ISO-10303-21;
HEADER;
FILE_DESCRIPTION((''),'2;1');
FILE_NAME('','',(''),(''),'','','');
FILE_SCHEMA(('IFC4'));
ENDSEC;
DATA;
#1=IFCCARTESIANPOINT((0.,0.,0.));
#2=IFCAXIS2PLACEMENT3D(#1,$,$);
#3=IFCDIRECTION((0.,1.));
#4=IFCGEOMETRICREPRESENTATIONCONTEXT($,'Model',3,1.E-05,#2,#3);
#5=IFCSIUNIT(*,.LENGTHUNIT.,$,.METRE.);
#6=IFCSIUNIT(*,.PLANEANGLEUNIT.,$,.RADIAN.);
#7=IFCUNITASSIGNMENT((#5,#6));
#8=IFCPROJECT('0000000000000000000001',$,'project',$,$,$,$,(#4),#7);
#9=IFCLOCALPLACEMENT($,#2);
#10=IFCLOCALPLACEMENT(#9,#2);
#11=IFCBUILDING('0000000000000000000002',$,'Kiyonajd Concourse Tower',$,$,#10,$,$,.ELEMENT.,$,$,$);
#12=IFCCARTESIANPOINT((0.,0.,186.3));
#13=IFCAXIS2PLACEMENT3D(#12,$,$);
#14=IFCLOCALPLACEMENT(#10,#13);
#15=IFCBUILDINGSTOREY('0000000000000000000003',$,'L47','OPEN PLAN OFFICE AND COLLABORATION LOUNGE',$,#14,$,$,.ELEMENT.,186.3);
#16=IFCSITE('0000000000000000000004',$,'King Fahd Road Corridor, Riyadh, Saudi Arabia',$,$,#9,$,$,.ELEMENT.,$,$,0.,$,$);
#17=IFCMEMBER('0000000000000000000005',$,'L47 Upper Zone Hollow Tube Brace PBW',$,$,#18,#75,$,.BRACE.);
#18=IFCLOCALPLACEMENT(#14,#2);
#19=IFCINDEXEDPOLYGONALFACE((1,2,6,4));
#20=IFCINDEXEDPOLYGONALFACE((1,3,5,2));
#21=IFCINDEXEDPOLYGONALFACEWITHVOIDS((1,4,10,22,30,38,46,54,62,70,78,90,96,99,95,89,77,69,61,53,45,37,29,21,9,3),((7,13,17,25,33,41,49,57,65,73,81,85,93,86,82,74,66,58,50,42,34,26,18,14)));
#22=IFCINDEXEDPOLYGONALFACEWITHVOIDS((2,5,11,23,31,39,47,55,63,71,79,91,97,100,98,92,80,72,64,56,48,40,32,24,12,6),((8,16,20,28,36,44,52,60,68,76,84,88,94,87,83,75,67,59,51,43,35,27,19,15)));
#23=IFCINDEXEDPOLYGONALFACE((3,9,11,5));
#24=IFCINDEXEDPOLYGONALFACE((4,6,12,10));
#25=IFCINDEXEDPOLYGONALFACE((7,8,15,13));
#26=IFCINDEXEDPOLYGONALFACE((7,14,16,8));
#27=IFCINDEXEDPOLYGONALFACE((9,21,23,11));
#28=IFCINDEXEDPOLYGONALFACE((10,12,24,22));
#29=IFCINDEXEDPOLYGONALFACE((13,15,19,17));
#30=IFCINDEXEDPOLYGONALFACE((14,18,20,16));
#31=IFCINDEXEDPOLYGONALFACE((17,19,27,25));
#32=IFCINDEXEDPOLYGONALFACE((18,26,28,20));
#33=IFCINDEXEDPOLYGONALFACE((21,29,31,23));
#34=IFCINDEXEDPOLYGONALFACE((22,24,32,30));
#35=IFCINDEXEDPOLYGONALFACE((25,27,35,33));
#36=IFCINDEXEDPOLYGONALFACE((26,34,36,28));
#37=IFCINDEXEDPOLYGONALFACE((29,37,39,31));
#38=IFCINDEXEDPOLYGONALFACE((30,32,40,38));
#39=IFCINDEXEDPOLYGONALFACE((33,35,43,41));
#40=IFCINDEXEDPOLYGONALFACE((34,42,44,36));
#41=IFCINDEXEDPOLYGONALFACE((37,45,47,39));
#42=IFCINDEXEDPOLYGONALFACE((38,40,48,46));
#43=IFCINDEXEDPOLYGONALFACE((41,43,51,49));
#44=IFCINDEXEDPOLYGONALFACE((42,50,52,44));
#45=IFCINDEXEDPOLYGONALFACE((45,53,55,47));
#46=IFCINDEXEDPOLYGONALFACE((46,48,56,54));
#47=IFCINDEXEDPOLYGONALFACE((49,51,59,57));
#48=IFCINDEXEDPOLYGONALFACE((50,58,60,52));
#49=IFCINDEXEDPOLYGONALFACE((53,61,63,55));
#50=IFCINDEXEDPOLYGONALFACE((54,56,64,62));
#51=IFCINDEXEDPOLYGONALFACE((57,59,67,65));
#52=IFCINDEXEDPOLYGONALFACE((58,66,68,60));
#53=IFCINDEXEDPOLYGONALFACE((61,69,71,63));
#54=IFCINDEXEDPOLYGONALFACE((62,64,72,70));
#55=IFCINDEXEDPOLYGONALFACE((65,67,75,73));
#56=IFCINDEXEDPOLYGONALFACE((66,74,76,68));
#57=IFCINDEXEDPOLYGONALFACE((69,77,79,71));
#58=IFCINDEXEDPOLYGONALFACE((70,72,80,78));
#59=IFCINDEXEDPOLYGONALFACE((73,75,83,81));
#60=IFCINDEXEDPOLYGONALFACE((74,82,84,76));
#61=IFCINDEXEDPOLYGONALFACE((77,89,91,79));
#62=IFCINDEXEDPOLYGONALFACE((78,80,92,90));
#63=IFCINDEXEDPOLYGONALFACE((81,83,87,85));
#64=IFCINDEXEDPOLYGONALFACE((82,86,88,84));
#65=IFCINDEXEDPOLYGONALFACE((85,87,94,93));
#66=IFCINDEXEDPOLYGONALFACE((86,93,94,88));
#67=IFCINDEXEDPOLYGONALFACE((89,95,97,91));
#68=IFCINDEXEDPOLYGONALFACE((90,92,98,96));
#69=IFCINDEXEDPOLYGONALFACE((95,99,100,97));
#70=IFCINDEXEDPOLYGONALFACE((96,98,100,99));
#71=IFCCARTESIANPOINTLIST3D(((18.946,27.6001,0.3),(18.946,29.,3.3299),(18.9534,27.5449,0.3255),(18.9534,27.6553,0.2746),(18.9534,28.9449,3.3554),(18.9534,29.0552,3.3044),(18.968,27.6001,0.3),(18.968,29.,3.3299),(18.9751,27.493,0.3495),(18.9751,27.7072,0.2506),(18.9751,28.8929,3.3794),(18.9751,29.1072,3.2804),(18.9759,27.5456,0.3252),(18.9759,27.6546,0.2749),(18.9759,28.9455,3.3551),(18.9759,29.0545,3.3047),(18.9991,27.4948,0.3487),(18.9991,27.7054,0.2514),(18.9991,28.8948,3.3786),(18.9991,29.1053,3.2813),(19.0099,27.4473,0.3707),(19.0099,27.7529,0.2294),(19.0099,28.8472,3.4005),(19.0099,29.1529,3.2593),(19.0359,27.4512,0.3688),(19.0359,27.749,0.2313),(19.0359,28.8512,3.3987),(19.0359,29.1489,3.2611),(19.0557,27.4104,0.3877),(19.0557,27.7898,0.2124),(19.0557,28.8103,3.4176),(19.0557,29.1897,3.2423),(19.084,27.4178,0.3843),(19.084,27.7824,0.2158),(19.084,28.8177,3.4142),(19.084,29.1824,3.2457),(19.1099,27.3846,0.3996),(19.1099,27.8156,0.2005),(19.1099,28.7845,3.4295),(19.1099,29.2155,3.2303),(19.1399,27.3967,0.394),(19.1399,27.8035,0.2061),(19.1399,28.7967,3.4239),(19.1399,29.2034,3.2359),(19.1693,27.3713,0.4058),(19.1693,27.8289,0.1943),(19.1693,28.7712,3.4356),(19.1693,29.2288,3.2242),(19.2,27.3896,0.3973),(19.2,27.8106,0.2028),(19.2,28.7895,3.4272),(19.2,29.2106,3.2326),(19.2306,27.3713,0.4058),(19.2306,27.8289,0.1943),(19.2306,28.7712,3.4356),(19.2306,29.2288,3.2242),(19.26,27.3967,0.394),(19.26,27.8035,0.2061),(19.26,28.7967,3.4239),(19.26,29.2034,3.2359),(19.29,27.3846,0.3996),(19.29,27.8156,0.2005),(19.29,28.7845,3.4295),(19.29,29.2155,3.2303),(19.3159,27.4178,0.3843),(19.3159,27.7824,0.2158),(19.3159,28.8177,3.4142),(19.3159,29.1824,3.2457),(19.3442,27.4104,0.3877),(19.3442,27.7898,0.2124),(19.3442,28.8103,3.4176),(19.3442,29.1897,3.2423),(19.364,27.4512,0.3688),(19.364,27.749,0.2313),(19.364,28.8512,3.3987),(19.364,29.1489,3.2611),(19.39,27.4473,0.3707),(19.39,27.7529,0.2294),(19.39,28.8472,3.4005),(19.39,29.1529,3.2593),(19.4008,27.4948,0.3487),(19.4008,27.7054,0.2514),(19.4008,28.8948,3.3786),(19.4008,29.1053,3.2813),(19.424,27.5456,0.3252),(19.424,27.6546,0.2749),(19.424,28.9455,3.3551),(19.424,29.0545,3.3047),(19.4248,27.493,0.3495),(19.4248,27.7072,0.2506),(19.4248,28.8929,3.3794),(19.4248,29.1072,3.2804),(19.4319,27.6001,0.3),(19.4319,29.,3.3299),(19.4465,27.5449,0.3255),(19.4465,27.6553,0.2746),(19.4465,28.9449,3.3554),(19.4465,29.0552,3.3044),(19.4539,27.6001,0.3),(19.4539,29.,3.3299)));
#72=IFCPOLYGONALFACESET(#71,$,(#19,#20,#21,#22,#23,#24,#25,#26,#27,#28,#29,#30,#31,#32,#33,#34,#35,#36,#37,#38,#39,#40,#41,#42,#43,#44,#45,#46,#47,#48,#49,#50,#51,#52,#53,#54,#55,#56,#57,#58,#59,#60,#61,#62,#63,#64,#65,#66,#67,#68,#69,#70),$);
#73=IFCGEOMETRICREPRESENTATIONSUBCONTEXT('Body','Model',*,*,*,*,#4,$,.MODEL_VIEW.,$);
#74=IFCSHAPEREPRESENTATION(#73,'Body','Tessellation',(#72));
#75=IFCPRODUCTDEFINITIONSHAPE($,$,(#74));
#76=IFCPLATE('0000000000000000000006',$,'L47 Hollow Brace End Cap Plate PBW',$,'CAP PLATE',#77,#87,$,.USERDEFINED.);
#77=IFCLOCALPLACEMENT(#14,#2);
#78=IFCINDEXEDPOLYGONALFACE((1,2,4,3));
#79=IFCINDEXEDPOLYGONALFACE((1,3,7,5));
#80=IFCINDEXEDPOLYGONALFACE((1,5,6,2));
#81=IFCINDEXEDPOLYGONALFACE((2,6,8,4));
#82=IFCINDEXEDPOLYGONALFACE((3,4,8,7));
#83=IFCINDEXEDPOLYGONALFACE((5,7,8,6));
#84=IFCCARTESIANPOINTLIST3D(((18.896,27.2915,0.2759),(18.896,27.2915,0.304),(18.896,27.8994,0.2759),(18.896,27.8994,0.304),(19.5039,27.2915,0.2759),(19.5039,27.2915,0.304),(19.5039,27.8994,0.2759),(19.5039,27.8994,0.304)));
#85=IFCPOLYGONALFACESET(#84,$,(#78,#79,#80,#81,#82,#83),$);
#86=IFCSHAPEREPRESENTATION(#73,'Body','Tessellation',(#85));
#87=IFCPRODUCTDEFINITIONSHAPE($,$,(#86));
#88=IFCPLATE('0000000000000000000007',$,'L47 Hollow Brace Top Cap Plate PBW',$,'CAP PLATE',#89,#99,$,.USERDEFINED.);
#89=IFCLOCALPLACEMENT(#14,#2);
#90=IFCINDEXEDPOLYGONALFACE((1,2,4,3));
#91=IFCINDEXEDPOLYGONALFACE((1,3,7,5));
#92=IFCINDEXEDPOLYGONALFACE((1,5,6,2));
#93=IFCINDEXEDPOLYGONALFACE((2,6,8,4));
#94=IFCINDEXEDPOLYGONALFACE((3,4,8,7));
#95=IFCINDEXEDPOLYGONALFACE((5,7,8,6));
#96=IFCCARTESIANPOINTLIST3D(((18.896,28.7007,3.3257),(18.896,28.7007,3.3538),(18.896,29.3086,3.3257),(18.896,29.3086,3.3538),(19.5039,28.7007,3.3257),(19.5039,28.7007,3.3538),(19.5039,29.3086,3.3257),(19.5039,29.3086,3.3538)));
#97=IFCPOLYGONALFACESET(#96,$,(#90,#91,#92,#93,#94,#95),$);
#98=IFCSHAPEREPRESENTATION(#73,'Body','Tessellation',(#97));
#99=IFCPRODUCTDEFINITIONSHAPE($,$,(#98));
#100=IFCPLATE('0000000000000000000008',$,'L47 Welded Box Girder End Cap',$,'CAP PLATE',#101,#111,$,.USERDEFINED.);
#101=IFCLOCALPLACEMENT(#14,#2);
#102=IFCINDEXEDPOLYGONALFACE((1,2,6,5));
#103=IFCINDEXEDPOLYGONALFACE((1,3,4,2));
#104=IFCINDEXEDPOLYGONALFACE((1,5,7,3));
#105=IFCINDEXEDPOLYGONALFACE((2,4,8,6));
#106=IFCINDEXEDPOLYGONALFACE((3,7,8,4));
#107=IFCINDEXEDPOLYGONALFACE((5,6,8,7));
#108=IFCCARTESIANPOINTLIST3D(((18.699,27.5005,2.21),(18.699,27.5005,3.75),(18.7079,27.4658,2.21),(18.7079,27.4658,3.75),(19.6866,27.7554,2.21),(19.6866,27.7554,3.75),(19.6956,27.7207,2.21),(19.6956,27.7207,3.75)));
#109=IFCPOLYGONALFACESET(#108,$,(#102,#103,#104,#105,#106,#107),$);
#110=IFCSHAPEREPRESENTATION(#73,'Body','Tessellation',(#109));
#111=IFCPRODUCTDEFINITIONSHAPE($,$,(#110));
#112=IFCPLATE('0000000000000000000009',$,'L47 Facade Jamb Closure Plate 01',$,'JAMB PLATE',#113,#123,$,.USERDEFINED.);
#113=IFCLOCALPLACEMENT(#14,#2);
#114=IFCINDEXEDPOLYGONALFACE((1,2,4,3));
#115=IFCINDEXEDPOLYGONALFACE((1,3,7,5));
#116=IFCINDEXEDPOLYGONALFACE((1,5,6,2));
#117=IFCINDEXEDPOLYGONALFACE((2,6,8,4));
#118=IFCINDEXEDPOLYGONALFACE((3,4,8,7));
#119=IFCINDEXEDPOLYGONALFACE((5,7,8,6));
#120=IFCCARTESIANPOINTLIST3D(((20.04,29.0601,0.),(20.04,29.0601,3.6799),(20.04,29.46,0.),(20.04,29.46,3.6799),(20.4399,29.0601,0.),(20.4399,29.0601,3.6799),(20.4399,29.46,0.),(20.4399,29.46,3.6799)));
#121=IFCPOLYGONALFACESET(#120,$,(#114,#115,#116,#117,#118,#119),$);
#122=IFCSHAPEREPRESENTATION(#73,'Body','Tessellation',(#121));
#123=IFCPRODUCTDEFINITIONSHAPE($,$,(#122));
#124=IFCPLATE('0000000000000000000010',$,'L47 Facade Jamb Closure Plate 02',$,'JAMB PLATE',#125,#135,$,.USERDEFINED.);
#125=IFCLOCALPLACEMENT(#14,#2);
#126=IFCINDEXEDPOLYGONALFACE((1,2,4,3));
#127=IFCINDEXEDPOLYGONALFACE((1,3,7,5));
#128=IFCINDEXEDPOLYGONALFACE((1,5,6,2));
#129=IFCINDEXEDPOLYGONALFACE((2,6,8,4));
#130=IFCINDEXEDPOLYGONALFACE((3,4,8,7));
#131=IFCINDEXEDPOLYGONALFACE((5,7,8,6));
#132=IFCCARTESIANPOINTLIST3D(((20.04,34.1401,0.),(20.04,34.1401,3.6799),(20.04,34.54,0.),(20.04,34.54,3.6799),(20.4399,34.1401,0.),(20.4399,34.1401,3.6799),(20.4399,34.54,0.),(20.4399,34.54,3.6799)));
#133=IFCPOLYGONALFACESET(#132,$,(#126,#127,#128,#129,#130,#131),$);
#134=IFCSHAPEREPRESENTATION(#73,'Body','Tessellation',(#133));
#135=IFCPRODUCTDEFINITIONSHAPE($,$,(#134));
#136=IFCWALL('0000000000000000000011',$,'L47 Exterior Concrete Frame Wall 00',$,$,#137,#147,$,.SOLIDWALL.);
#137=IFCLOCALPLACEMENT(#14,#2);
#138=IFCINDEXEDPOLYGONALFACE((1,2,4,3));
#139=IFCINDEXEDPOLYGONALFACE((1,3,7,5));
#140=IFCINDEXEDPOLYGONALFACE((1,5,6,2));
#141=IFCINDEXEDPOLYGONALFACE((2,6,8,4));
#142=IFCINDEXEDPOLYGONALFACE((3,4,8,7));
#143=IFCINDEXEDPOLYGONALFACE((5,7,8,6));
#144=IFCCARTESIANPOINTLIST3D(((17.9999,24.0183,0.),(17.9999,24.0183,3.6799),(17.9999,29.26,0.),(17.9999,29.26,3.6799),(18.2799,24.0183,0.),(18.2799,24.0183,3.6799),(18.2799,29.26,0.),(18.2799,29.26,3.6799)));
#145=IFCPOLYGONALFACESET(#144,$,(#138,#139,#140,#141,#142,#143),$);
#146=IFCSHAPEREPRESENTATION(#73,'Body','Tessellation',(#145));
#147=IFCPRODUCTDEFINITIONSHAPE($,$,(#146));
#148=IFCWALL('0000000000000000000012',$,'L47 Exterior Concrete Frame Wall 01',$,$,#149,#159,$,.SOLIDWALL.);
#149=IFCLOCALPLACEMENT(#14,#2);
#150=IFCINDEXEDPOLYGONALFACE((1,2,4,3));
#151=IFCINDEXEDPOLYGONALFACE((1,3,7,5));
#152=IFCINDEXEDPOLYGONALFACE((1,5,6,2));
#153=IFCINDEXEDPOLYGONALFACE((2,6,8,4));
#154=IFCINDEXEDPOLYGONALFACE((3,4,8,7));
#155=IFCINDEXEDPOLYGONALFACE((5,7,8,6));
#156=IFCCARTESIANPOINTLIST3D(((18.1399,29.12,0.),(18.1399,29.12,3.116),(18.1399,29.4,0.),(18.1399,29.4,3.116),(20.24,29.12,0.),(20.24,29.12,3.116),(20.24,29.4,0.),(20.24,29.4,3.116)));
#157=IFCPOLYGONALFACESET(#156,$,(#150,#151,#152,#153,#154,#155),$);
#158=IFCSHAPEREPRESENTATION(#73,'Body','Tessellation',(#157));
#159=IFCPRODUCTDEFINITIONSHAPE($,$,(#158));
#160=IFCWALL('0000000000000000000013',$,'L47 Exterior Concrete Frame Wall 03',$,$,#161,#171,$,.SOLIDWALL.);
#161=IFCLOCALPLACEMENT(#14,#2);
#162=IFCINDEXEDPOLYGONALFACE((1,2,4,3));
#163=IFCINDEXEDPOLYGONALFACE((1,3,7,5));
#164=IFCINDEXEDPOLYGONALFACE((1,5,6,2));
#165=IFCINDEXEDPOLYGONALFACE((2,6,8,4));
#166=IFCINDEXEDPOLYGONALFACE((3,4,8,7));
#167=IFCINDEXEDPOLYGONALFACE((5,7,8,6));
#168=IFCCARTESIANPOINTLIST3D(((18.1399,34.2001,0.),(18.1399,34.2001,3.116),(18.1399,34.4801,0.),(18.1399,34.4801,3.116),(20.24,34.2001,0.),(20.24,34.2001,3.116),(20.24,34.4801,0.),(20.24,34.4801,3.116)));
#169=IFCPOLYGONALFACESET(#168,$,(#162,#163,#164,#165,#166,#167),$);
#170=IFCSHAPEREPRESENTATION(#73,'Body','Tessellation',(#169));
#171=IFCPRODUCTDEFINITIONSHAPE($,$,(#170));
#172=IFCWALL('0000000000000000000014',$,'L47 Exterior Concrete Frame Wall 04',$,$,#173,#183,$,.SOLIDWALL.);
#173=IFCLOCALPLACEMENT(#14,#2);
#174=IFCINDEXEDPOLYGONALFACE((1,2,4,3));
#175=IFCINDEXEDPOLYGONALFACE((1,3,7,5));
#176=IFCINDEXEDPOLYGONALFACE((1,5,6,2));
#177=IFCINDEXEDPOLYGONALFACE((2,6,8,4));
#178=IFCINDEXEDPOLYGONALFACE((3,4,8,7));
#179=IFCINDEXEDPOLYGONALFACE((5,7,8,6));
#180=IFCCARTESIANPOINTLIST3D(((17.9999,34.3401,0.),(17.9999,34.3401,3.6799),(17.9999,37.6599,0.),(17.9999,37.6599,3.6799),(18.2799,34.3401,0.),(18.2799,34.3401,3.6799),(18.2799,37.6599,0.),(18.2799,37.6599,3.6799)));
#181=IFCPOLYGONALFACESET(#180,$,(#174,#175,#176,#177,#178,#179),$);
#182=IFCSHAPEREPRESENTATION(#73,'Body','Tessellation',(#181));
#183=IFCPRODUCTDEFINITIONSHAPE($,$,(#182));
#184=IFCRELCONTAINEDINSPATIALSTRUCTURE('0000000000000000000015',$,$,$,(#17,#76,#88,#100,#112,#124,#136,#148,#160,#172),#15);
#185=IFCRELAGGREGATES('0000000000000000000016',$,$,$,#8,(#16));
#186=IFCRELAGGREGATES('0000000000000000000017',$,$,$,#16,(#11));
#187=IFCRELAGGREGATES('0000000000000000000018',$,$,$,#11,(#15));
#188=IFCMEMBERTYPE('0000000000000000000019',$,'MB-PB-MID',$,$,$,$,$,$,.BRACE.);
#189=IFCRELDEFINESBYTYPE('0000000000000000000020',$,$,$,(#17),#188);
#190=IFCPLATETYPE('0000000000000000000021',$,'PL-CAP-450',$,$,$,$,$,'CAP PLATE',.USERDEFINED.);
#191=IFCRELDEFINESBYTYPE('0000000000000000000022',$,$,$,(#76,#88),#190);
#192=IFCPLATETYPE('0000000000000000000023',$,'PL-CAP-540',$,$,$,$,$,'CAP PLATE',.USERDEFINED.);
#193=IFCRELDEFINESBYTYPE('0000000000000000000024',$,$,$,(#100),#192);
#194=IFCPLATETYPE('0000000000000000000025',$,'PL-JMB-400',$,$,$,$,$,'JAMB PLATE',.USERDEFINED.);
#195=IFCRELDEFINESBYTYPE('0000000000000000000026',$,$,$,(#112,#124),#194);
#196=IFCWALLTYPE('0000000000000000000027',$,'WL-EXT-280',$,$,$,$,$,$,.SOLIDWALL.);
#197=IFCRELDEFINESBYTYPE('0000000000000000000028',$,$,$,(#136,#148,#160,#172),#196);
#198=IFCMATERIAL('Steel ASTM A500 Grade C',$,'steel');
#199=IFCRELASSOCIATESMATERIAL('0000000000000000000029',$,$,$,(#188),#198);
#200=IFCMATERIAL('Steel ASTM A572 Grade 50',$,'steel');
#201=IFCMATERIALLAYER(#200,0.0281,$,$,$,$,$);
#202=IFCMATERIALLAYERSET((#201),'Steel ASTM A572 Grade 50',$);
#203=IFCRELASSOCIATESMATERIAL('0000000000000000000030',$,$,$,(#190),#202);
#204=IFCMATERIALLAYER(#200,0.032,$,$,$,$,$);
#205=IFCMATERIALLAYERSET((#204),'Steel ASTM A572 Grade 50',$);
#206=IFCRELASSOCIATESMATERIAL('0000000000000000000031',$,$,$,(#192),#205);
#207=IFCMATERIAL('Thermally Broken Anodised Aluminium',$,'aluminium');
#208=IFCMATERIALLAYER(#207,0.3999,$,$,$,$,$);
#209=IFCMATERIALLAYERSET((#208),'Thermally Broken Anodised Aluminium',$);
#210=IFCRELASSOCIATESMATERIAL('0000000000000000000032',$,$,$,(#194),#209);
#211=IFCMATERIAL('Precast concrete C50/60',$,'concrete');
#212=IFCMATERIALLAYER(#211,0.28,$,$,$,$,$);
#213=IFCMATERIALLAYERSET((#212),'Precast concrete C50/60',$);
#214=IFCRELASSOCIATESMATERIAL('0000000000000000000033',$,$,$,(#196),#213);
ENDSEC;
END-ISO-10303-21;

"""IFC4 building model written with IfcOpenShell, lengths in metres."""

from ifc_helpers import new_model, si_unit, direction, frame, frame_2d, origin, origin_2d, place, context, subcontext, project, spatial, rectangle, hollow_circle, extrude, material, layer, layer_set, material_profile, profile_set, type_object, element, save


model = new_model("IFC4")

# Units and contexts
model_context = context("Model", 3, precision=1e-05, world=origin(), true_north=direction((0.0, 1.0)))
body_context = subcontext(model_context, "Body", "Model", "MODEL_VIEW")
ifc_project = project(units=[si_unit("LENGTHUNIT", "METRE"), si_unit("PLANEANGLEUNIT", "RADIAN")], contexts=[model_context])

# Site, building, storey
site_placement = place(None, origin())
site = spatial("IfcSite", under=ifc_project, at=site_placement, Name="King Fahd Road Corridor, Riyadh, Saudi Arabia", CompositionType="ELEMENT", RefElevation=0.0)
building_placement = place(site_placement, origin())
building = spatial("IfcBuilding", under=site, at=building_placement, Name="Kiyonajd Concourse Tower", CompositionType="ELEMENT")
storey_placement = place(building_placement, frame((0.0, 0.0, 186.3)))
storey = spatial("IfcBuildingStorey", under=building, at=storey_placement, Name="L47", Description="OPEN PLAN OFFICE AND COLLABORATION LOUNGE", CompositionType="ELEMENT", Elevation=186.3)

# Shared definitions
ifc_material_1 = material(Name="Steel ASTM A572 Grade 50", Category="steel")

# Member
ifc_material_2 = material(Name="Steel ASTM A500 Grade C", Category="steel")
ifc_material_profile_1 = material_profile(ifc_material_2, hollow_circle(Radius=0.2539, WallThickness=0.022, at=origin_2d()), Name="CHS-508x22")
ifc_profile_set_1 = profile_set([ifc_material_profile_1], Name="Steel ASTM A500 Grade C")
member_type = type_object("IfcMemberType", Name="MB-PB-MID", PredefinedType="BRACE", material=ifc_profile_set_1)
member_placement = place(storey_placement, frame((19.2, 27.6001, 0.3), z_axis=(0.0, 0.419439, 0.907784), x_axis=(-1.0, 0.0, 0.0)))
element("IfcMember", 1, at=member_placement, inside=storey, type_object=member_type, Name="L47 Upper Zone Hollow Tube Brace PBW", PredefinedType="BRACE", context=body_context, shape_type="SweptSolid", body=[
    extrude(hollow_circle(Radius=0.2539, WallThickness=0.022, at=origin_2d()), origin(), (0.0, 0.0, 1.0), 3.3376),
])

# Plates
ifc_layer_1 = layer(ifc_material_1, 0.0281)
ifc_layer_set_1 = layer_set([ifc_layer_1], Name="Steel ASTM A572 Grade 50")
plate_type_1 = type_object("IfcPlateType", Name="PL-CAP-450", ElementType="CAP PLATE", PredefinedType="USERDEFINED", material=ifc_layer_set_1)
for number, where, z_axis, x_axis, name in (
    (2, (19.2, 27.5955, 0.2759), (0.0, 0.0, 1.0), (1.0, 0.0, 0.0), "L47 Hollow Brace End Cap Plate PBW"),
    (3, (19.2, 29.0046, 3.3257), (0.0, 0.0, 1.0), (1.0, 0.0, 0.0), "L47 Hollow Brace Top Cap Plate PBW"),
):
    element("IfcPlate", number, at=place(storey_placement, frame(where, z_axis=z_axis, x_axis=x_axis)), inside=storey, type_object=plate_type_1, Name=name, ObjectType="CAP PLATE", PredefinedType="USERDEFINED", context=body_context, shape_type="SweptSolid", body=[
        extrude(rectangle(XDim=0.6079, YDim=0.6079, at=origin_2d()), origin(), (0.0, 0.0, 1.0), 0.0281),
    ])
ifc_layer_2 = layer(ifc_material_1, 0.032)
ifc_layer_set_2 = layer_set([ifc_layer_2], Name="Steel ASTM A572 Grade 50")
plate_type_2 = type_object("IfcPlateType", Name="PL-CAP-540", ElementType="CAP PLATE", PredefinedType="USERDEFINED", material=ifc_layer_set_2)
plate_placement = place(storey_placement, frame((19.1973, 27.6106, 2.21), z_axis=(0.0, 0.0, 1.0), x_axis=(-0.249873, 0.968279, 0.0)))
element("IfcPlate", 4, at=plate_placement, inside=storey, type_object=plate_type_2, Name="L47 Welded Box Girder End Cap", ObjectType="CAP PLATE", PredefinedType="USERDEFINED", context=body_context, shape_type="SweptSolid", body=[
    extrude(rectangle(XDim=0.0359, YDim=1.02, at=origin_2d()), origin(), (0.0, 0.0, 1.0), 1.54),
])
ifc_material_3 = material(Name="Thermally Broken Anodised Aluminium", Category="aluminium")
ifc_layer_3 = layer(ifc_material_3, 0.3999)
ifc_layer_set_3 = layer_set([ifc_layer_3], Name="Thermally Broken Anodised Aluminium")
plate_type_3 = type_object("IfcPlateType", Name="PL-JMB-400", ElementType="JAMB PLATE", PredefinedType="USERDEFINED", material=ifc_layer_set_3)
for number, where, z_axis, x_axis, name in (
    (5, (20.24, 29.26, 0.0), (0.0, 0.0, 1.0), (1.0, 0.0, 0.0), "L47 Facade Jamb Closure Plate 01"),
    (6, (20.24, 34.3401, 0.0), (0.0, 0.0, 1.0), (1.0, 0.0, 0.0), "L47 Facade Jamb Closure Plate 02"),
):
    element("IfcPlate", number, at=place(storey_placement, frame(where, z_axis=z_axis, x_axis=x_axis)), inside=storey, type_object=plate_type_3, Name=name, ObjectType="JAMB PLATE", PredefinedType="USERDEFINED", context=body_context, shape_type="SweptSolid", body=[
        extrude(rectangle(XDim=0.3999, YDim=0.3999, at=origin_2d()), origin(), (0.0, 0.0, 1.0), 3.6799),
    ])

# Walls
ifc_material_4 = material(Name="Precast concrete C50/60", Category="concrete")
ifc_layer_4 = layer(ifc_material_4, 0.28)
ifc_layer_set_4 = layer_set([ifc_layer_4], Name="Precast concrete C50/60")
wall_type_1 = type_object("IfcWallType", Name="WL-EXT-280", PredefinedType="SOLIDWALL", material=ifc_layer_set_4)
wall_1_placement = place(storey_placement, frame((18.1399, 24.0183, 0.0), z_axis=(0.0, 0.0, 1.0), x_axis=(0.0, 1.0, 0.0)))
element("IfcWall", 7, at=wall_1_placement, inside=storey, type_object=wall_type_1, Name="L47 Exterior Concrete Frame Wall 00", PredefinedType="SOLIDWALL", context=body_context, shape_type="SweptSolid", body=[
    extrude(rectangle(XDim=5.2417, YDim=0.28, at=frame_2d((2.6208, 0.0))), origin(), (0.0, 0.0, 1.0), 3.6799),
])
for number, where, z_axis, x_axis, name in (
    (8, (18.1399, 29.26, 0.0), (0.0, 0.0, 1.0), (1.0, 0.0, 0.0), "L47 Exterior Concrete Frame Wall 01"),
    (9, (20.24, 34.3401, 0.0), (0.0, 0.0, 1.0), (-1.0, 0.0, 0.0), "L47 Exterior Concrete Frame Wall 03"),
):
    element("IfcWall", number, at=place(storey_placement, frame(where, z_axis=z_axis, x_axis=x_axis)), inside=storey, type_object=wall_type_1, Name=name, PredefinedType="SOLIDWALL", context=body_context, shape_type="SweptSolid", body=[
        extrude(rectangle(XDim=2.1001, YDim=0.28, at=frame_2d((1.05, 0.0))), origin(), (0.0, 0.0, 1.0), 3.116),
    ])
wall_2_placement = place(storey_placement, frame((18.1399, 34.3401, 0.0), z_axis=(0.0, 0.0, 1.0), x_axis=(0.0, 1.0, 0.0)))
element("IfcWall", 10, at=wall_2_placement, inside=storey, type_object=wall_type_1, Name="L47 Exterior Concrete Frame Wall 04", PredefinedType="SOLIDWALL", context=body_context, shape_type="SweptSolid", body=[
    extrude(rectangle(XDim=3.3198, YDim=0.28, at=frame_2d((1.6599, 0.0))), origin(), (0.0, 0.0, 1.0), 3.6799),
])

save(model, "model.ifc")
